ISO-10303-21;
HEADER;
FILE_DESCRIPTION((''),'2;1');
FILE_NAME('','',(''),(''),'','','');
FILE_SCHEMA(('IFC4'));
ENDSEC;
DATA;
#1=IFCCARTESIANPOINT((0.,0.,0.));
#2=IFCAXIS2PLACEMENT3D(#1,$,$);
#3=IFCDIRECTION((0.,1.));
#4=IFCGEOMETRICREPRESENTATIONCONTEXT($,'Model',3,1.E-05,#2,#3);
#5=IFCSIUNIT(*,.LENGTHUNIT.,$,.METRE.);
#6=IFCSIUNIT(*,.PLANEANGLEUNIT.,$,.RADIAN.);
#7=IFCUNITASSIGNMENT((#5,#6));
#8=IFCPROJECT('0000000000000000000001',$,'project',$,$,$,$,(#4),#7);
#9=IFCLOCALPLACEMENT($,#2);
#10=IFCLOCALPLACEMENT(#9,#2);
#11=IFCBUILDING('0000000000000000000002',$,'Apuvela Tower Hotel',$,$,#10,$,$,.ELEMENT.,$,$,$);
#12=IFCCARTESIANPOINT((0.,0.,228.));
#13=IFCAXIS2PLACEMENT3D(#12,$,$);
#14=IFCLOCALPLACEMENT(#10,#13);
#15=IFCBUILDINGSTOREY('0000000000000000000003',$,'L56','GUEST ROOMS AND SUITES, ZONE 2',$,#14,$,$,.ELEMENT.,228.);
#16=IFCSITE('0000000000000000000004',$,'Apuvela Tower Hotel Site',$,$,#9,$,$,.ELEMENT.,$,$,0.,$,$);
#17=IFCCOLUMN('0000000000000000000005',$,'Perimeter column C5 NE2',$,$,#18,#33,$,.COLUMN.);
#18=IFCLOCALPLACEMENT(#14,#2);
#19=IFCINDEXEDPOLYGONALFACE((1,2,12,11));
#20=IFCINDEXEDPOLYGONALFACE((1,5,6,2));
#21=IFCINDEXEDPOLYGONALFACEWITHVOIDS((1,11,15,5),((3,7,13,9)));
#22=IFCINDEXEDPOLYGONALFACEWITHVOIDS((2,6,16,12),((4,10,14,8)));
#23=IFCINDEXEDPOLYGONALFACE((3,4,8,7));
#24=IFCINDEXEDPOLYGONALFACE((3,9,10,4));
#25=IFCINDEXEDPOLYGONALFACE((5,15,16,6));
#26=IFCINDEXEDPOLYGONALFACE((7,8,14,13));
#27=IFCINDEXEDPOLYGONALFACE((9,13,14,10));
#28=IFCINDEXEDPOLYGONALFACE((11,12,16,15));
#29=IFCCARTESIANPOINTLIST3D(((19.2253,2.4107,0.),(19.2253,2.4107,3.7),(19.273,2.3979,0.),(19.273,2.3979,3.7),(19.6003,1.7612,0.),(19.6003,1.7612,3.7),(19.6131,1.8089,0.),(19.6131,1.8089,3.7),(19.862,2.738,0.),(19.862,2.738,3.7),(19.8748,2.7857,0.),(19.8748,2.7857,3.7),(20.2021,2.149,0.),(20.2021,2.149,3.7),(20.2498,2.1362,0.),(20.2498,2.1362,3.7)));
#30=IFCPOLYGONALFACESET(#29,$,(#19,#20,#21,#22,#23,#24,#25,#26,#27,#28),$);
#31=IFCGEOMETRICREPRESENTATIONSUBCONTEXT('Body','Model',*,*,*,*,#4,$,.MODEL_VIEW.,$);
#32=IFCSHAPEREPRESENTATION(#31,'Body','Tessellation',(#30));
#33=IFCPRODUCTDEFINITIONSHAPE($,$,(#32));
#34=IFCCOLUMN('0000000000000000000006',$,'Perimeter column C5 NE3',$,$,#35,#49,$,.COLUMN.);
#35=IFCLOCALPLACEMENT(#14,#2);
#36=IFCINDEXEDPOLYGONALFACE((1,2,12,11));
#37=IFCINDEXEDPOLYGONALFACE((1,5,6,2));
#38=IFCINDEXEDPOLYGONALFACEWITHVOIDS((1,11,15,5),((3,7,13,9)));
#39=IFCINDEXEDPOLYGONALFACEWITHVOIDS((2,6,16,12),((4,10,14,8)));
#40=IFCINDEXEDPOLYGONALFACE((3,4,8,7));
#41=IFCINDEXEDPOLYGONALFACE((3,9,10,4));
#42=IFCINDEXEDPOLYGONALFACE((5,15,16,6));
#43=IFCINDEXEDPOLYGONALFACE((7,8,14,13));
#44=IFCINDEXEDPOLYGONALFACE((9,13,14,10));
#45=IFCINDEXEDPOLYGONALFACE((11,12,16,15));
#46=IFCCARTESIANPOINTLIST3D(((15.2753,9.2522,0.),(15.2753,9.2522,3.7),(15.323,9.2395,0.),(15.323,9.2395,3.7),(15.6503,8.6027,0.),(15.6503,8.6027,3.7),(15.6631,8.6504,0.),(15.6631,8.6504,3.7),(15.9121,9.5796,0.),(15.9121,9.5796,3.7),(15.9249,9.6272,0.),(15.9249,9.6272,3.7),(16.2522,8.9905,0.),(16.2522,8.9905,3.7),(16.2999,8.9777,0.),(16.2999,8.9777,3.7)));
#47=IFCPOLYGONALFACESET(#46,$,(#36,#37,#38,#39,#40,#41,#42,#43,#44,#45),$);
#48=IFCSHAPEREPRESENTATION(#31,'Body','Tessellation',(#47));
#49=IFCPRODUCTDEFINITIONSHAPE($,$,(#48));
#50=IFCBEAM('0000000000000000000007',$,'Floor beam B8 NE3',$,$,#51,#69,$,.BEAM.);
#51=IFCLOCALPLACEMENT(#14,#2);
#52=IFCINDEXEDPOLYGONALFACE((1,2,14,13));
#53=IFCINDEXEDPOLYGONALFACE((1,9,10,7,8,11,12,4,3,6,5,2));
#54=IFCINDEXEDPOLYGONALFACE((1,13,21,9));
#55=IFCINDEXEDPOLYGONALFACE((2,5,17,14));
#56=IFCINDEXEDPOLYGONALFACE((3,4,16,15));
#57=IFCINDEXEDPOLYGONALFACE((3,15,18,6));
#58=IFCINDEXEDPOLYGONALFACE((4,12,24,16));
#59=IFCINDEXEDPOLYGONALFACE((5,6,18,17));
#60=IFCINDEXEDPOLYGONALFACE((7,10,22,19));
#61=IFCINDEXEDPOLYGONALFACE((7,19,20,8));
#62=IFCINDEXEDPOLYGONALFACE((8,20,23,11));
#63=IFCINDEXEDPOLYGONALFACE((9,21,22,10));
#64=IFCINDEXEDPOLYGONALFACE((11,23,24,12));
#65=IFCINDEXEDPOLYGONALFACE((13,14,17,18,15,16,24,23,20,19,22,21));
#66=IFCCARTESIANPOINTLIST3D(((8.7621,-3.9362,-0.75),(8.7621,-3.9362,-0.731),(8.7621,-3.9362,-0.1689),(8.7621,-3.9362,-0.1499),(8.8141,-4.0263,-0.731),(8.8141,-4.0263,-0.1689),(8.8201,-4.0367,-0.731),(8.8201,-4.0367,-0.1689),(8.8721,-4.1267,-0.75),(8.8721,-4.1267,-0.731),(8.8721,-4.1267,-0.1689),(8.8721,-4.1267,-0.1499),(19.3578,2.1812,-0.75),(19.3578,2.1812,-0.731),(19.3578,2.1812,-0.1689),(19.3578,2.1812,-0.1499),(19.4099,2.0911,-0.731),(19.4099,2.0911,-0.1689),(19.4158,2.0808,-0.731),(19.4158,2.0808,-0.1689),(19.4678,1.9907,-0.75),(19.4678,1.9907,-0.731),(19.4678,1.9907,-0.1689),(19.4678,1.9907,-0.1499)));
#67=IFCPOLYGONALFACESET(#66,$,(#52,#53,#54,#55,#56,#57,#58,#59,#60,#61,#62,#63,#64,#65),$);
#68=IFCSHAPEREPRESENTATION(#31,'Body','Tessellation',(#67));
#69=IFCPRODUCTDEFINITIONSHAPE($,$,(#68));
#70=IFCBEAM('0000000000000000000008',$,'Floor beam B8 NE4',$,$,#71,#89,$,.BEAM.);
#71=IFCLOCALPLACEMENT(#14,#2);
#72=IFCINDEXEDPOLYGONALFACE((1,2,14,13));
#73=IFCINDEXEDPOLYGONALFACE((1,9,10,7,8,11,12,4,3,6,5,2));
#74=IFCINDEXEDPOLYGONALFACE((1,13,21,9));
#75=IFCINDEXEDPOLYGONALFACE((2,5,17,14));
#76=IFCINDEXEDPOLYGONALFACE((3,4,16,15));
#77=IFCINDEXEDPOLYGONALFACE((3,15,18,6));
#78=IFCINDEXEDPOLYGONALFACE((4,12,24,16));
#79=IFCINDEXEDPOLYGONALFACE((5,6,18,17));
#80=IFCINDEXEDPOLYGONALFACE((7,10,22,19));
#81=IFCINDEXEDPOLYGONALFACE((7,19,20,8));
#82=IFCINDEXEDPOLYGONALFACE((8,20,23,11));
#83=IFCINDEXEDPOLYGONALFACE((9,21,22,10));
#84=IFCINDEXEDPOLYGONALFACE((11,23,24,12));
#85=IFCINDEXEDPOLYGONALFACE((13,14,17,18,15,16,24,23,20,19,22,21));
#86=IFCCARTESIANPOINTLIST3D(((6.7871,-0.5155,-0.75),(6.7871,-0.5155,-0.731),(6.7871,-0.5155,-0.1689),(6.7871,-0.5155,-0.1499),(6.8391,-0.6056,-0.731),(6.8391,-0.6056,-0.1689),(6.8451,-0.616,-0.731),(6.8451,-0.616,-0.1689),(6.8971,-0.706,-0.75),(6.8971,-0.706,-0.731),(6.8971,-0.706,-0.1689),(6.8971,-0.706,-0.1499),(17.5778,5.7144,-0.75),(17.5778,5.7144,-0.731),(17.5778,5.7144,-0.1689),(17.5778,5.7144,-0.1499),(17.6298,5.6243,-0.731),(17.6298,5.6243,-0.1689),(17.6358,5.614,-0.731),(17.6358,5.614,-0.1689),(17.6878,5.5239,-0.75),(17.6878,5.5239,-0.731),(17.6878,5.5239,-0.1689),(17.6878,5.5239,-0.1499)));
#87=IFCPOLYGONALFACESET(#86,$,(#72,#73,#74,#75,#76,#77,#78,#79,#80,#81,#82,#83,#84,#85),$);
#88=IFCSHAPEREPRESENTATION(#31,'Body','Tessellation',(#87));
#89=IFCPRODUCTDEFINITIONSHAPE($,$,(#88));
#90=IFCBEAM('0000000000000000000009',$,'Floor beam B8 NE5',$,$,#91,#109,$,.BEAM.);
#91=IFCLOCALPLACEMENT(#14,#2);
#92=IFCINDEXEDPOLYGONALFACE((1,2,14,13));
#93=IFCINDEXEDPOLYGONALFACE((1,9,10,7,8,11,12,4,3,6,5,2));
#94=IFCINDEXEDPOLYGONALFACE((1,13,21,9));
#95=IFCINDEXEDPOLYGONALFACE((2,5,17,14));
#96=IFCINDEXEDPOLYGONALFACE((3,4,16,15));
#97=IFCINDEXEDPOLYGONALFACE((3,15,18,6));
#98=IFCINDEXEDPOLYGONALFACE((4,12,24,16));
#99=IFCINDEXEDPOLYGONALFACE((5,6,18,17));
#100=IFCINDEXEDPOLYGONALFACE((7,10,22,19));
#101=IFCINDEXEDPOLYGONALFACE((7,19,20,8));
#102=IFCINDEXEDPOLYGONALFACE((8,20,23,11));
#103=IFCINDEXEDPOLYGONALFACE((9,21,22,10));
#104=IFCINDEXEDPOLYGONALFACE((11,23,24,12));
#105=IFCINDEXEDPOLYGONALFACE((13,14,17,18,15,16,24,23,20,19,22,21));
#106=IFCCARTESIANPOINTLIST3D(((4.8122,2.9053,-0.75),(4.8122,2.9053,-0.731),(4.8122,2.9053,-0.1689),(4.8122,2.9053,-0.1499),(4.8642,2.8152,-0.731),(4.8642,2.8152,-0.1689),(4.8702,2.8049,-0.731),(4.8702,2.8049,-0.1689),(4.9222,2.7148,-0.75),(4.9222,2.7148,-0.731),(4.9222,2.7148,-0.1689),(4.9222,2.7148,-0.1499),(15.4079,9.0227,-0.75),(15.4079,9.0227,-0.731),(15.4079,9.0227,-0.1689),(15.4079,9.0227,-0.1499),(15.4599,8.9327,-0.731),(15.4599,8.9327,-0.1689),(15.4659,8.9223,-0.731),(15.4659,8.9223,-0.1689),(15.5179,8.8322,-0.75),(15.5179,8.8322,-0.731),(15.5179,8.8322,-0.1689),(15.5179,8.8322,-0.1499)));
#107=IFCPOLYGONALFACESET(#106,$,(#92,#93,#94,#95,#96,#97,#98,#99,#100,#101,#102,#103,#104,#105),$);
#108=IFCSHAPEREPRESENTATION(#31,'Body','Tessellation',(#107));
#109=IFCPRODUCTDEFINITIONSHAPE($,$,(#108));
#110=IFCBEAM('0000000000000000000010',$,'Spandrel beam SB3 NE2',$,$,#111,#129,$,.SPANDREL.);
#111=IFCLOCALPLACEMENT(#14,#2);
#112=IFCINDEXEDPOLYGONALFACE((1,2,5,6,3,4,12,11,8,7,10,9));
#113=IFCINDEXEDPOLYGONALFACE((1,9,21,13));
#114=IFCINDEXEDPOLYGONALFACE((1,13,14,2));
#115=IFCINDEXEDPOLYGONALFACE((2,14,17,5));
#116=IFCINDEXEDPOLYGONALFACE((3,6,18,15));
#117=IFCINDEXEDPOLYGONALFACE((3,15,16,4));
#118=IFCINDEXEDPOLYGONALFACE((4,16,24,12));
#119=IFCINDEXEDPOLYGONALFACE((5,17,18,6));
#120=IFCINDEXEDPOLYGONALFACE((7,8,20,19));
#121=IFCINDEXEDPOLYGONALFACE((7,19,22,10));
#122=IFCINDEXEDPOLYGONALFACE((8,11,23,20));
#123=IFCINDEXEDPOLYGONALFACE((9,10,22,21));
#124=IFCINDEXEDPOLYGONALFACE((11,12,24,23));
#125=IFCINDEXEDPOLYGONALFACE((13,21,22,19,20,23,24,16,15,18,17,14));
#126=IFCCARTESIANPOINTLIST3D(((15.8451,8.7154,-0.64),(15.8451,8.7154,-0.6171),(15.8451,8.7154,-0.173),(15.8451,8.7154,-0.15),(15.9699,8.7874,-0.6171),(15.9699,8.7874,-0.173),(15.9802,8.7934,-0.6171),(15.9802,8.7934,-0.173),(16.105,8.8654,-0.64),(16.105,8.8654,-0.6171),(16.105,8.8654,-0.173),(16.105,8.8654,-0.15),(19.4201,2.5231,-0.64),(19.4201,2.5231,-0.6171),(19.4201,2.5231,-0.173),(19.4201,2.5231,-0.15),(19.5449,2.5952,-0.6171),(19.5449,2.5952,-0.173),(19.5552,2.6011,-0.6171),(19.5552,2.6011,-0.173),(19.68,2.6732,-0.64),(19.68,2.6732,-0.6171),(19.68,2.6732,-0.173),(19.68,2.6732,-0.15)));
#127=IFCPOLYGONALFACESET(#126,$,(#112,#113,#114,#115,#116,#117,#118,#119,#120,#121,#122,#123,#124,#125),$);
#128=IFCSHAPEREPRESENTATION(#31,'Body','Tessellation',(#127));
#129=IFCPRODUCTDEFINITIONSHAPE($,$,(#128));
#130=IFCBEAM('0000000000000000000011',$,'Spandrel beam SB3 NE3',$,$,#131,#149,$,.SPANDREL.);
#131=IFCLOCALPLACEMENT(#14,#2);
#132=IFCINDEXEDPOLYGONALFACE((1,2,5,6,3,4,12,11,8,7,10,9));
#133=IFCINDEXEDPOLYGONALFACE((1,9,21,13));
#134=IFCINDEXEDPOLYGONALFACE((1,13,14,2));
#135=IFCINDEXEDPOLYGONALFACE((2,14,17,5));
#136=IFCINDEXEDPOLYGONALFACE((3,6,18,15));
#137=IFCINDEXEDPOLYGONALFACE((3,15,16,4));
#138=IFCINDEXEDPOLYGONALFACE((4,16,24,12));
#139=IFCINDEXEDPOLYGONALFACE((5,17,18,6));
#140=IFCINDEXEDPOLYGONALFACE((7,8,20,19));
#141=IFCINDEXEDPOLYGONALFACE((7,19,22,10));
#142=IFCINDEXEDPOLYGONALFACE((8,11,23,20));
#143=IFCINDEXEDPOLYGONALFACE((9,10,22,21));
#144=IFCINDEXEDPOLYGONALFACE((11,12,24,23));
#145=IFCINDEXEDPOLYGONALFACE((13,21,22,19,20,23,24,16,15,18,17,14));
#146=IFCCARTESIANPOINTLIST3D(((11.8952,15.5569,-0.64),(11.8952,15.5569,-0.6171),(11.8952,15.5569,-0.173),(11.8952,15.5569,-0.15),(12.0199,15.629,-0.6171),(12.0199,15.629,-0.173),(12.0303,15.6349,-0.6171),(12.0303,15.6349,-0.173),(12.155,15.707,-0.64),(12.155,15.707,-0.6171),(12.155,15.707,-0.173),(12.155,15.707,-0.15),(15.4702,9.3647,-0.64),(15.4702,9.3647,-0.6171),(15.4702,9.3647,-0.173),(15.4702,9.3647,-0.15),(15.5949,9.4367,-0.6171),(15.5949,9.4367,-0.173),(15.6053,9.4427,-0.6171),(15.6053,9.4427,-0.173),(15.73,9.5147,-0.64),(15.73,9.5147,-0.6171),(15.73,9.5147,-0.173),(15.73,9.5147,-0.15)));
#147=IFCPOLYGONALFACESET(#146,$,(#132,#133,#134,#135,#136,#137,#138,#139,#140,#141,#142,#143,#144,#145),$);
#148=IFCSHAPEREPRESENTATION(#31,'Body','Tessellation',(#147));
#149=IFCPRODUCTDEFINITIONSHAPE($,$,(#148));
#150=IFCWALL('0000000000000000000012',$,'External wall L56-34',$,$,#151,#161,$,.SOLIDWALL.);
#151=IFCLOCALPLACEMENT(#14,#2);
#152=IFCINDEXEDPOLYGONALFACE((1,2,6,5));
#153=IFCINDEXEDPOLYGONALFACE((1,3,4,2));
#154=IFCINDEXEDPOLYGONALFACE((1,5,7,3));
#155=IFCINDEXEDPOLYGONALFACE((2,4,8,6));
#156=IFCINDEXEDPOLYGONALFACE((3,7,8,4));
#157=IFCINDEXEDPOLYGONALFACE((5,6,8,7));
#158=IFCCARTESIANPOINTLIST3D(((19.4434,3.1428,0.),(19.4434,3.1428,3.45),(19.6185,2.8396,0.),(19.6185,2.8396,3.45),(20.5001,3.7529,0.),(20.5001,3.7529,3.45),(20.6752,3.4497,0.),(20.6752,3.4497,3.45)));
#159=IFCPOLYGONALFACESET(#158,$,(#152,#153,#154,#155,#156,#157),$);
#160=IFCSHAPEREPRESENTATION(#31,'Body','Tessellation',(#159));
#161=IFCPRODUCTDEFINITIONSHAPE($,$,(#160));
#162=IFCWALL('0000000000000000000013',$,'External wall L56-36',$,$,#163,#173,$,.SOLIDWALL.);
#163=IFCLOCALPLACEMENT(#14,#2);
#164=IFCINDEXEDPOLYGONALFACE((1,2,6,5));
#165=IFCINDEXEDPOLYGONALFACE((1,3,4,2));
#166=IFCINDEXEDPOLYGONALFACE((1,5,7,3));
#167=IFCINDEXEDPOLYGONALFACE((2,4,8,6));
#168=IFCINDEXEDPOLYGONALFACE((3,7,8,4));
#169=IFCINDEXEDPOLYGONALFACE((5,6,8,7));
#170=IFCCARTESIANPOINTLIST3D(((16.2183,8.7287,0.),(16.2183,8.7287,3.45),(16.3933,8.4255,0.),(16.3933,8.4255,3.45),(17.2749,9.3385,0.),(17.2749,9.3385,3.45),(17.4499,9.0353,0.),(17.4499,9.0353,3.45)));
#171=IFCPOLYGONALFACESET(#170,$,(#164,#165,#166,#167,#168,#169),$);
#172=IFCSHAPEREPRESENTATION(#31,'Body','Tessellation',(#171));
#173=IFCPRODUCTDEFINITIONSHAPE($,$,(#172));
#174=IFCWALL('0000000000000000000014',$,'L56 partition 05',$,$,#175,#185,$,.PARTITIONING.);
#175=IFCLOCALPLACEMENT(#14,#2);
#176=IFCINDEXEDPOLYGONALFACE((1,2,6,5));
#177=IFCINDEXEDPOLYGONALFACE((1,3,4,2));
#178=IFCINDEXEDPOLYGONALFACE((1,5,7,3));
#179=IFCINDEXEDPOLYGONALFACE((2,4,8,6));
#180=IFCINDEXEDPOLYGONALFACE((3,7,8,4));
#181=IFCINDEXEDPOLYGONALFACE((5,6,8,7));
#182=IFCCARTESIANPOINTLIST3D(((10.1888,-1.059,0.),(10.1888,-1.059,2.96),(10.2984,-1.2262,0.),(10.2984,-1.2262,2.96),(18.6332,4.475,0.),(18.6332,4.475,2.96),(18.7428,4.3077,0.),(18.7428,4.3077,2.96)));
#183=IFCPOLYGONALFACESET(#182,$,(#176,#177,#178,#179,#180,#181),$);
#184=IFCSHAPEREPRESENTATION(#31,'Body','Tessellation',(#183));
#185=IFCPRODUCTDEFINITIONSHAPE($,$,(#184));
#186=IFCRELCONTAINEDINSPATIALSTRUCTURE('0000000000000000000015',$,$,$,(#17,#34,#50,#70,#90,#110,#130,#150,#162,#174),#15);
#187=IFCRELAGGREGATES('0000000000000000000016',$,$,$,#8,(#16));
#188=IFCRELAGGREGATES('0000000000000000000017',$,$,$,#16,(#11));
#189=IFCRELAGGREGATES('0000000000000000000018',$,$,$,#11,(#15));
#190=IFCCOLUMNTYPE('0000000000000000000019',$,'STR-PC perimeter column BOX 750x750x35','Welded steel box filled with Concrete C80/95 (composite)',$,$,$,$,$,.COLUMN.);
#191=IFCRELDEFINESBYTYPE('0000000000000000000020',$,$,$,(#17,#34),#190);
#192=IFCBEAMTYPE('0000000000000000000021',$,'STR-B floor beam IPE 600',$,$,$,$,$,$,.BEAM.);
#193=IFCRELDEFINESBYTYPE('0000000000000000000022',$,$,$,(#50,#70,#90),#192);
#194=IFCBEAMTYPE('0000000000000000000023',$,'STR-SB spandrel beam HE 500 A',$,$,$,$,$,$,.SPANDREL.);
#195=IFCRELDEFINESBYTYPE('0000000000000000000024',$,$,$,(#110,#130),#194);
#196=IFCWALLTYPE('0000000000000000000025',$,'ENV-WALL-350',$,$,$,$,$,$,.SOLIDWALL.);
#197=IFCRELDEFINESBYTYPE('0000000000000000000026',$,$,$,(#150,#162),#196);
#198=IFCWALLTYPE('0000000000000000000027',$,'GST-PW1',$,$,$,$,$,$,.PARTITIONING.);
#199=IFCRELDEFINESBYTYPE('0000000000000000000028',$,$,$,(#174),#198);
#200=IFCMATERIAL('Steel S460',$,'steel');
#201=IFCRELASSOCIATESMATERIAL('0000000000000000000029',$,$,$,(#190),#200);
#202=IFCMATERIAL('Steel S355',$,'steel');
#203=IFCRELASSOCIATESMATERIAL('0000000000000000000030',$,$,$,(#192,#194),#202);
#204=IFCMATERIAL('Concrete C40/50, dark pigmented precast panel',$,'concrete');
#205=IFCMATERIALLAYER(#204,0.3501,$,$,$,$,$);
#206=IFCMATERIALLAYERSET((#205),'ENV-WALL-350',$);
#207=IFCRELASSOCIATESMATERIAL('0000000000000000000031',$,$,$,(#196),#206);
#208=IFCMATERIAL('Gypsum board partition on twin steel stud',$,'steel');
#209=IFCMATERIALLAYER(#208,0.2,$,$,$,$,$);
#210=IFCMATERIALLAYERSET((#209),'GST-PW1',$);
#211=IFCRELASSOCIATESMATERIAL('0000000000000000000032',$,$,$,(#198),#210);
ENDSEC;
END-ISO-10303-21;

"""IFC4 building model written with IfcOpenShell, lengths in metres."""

from ifc_helpers import new_model, si_unit, direction, frame, frame_2d, origin, origin_2d, place, context, subcontext, project, spatial, rectangle, hollow_rectangle, i_section, extrude, material, layer, layer_set, material_profile, profile_set, type_object, element, save


model = new_model("IFC4")

# Units and contexts
model_context = context("Model", 3, precision=1e-05, world=origin(), true_north=direction((0.0, 1.0)))
body_context = subcontext(model_context, "Body", "Model", "MODEL_VIEW")
ifc_project = project(units=[si_unit("LENGTHUNIT", "METRE"), si_unit("PLANEANGLEUNIT", "RADIAN")], contexts=[model_context])

# Site, building, storey
site_placement = place(None, origin())
site = spatial("IfcSite", under=ifc_project, at=site_placement, Name="Apuvela Tower Hotel Site", CompositionType="ELEMENT", RefElevation=0.0)
building_placement = place(site_placement, origin())
building = spatial("IfcBuilding", under=site, at=building_placement, Name="Apuvela Tower Hotel", CompositionType="ELEMENT")
storey_placement = place(building_placement, frame((0.0, 0.0, 228.0)))
storey = spatial("IfcBuildingStorey", under=building, at=storey_placement, Name="L56", Description="GUEST ROOMS AND SUITES, ZONE 2", CompositionType="ELEMENT", Elevation=228.0)

# Columns
ifc_material_1 = material(Name="Steel S460", Category="steel")
ifc_material_profile_1 = material_profile(ifc_material_1, hollow_rectangle(XDim=0.75, YDim=0.75, WallThickness=0.0349, at=origin_2d()), Name="BOX 750x750x35")
ifc_material_2 = material(Name="Concrete C80/95", Category="concrete")
ifc_material_profile_2 = material_profile(ifc_material_2, rectangle(XDim=0.6799, YDim=0.6799, at=origin_2d()), Name="Concrete C80/95 infill")
ifc_profile_set_1 = profile_set([ifc_material_profile_1, ifc_material_profile_2], Name="Steel S460")
column_type = type_object("IfcColumnType", Name="STR-PC perimeter column BOX 750x750x35", Description="Welded steel box filled with Concrete C80/95 (composite)", PredefinedType="COLUMN", material=ifc_profile_set_1)
for number, where, z_axis, x_axis, name in (
    (1, (19.7375, 2.2734, 0.0), (0.0, 0.0, 1.0), (-0.5, 0.866025, 0.0), "Perimeter column C5 NE2"),
    (2, (15.7876, 9.115, 0.0), (0.0, 0.0, 1.0), (-0.5, 0.866025, 0.0), "Perimeter column C5 NE3"),
):
    element("IfcColumn", number, at=place(storey_placement, frame(where, z_axis=z_axis, x_axis=x_axis)), inside=storey, type_object=column_type, Name=name, PredefinedType="COLUMN", context=body_context, shape_type="SweptSolid", body=[
        extrude(hollow_rectangle(XDim=0.75, YDim=0.75, WallThickness=0.0349, at=origin_2d()), origin(), (0.0, 0.0, 1.0), 3.7),
    ])

# Beams
ifc_material_3 = material(Name="Steel S355", Category="steel")
ifc_material_profile_3 = material_profile(ifc_material_3, i_section(OverallWidth=0.22, OverallDepth=0.6001, WebThickness=0.012, FlangeThickness=0.019, at=origin_2d()), Name="IPE 600")
ifc_profile_set_2 = profile_set([ifc_material_profile_3], Name="Steel S355")
beam_type_1 = type_object("IfcBeamType", Name="STR-B floor beam IPE 600", PredefinedType="BEAM", material=ifc_profile_set_2)
beam_1_placement = place(storey_placement, frame((19.4128, 2.0859, -0.45), z_axis=(-0.866025, -0.5, 0.0), x_axis=(0.5, -0.866025, 0.0)))
element("IfcBeam", 3, at=beam_1_placement, inside=storey, type_object=beam_type_1, Name="Floor beam B8 NE3", PredefinedType="BEAM", context=body_context, shape_type="SweptSolid", body=[
    extrude(i_section(OverallWidth=0.22, OverallDepth=0.6001, WebThickness=0.012, FlangeThickness=0.019, at=origin_2d()), origin(), (0.0, 0.0, 1.0), 12.2349),
])
beam_2_placement = place(storey_placement, frame((17.6328, 5.6191, -0.45), z_axis=(-0.866028, -0.499996, 0.0), x_axis=(0.499996, -0.866028, 0.0)))
element("IfcBeam", 4, at=beam_2_placement, inside=storey, type_object=beam_type_1, Name="Floor beam B8 NE4", PredefinedType="BEAM", context=body_context, shape_type="SweptSolid", body=[
    extrude(i_section(OverallWidth=0.22, OverallDepth=0.6001, WebThickness=0.012, FlangeThickness=0.019, at=origin_2d()), origin(), (0.0, 0.0, 1.0), 12.46),
])
beam_3_placement = place(storey_placement, frame((15.4629, 8.9275, -0.45), z_axis=(-0.866025, -0.5, 0.0), x_axis=(0.5, -0.866025, 0.0)))
element("IfcBeam", 5, at=beam_3_placement, inside=storey, type_object=beam_type_1, Name="Floor beam B8 NE5", PredefinedType="BEAM", context=body_context, shape_type="SweptSolid", body=[
    extrude(i_section(OverallWidth=0.22, OverallDepth=0.6001, WebThickness=0.012, FlangeThickness=0.019, at=origin_2d()), origin(), (0.0, 0.0, 1.0), 12.2349),
])
ifc_material_profile_4 = material_profile(ifc_material_3, i_section(OverallWidth=0.3, OverallDepth=0.49, WebThickness=0.012, FlangeThickness=0.0229, at=origin_2d()), Name="HE 500 A")
ifc_profile_set_3 = profile_set([ifc_material_profile_4], Name="Steel S355")
beam_type_2 = type_object("IfcBeamType", Name="STR-SB spandrel beam HE 500 A", PredefinedType="SPANDREL", material=ifc_profile_set_3)
for number, where, z_axis, x_axis, name in (
    (6, (19.55, 2.5981, -0.395), (-0.499991, 0.86603, 0.0), (-0.86603, -0.499991, 0.0), "Spandrel beam SB3 NE2"),
    (7, (15.6001, 9.4397, -0.395), (-0.499991, 0.86603, 0.0), (-0.86603, -0.499991, 0.0), "Spandrel beam SB3 NE3"),
):
    element("IfcBeam", number, at=place(storey_placement, frame(where, z_axis=z_axis, x_axis=x_axis)), inside=storey, type_object=beam_type_2, Name=name, PredefinedType="SPANDREL", context=body_context, shape_type="SweptSolid", body=[
        extrude(i_section(OverallWidth=0.3, OverallDepth=0.49, WebThickness=0.012, FlangeThickness=0.0229, at=origin_2d()), origin(), (0.0, 0.0, 1.0), 7.1501),
    ])

# Wall
ifc_material_4 = material(Name="Concrete C40/50, dark pigmented precast panel", Category="concrete")
ifc_layer_1 = layer(ifc_material_4, 0.3501)
ifc_layer_set_1 = layer_set([ifc_layer_1], Name="ENV-WALL-350")
wall_type_1 = type_object("IfcWallType", Name="ENV-WALL-350", PredefinedType="SOLIDWALL", material=ifc_layer_set_1)
wall_1_placement = place(storey_placement, frame((20.5876, 3.6013, 0.0), z_axis=(0.0, 0.0, 1.0), x_axis=(-0.866006, -0.500034, 0.0)))
element("IfcWall", 8, at=wall_1_placement, inside=storey, type_object=wall_type_1, Name="External wall L56-34", PredefinedType="SOLIDWALL", context=body_context, shape_type="SweptSolid", body=[
    extrude(rectangle(XDim=1.2202, YDim=0.3501, at=frame_2d((0.6101, 0.0))), origin(), (0.0, 0.0, 1.0), 3.45),
])

# Wall
wall_2_placement = place(storey_placement, frame((16.3059, 8.5771, 0.0), z_axis=(0.0, 0.0, 1.0), x_axis=(0.866092, 0.499884, 0.0)))
element("IfcWall", 9, at=wall_2_placement, inside=storey, type_object=wall_type_1, Name="External wall L56-36", PredefinedType="SOLIDWALL", context=body_context, shape_type="SweptSolid", body=[
    extrude(rectangle(XDim=1.22, YDim=0.3501, at=frame_2d((0.6099, 0.0))), origin(), (0.0, 0.0, 1.0), 3.45),
])

# Wall
ifc_material_5 = material(Name="Gypsum board partition on twin steel stud", Category="steel")
ifc_layer_2 = layer(ifc_material_5, 0.2)
ifc_layer_set_2 = layer_set([ifc_layer_2], Name="GST-PW1")
wall_type_2 = type_object("IfcWallType", Name="GST-PW1", PredefinedType="PARTITIONING", material=ifc_layer_set_2)
wall_3_placement = place(storey_placement, frame((18.688, 4.3914, 0.0), z_axis=(0.0, 0.0, 1.0), x_axis=(-0.836396, -0.548126, 0.0)))
element("IfcWall", 10, at=wall_3_placement, inside=storey, type_object=wall_type_2, Name="L56 partition 05", PredefinedType="PARTITIONING", context=body_context, shape_type="SweptSolid", body=[
    extrude(rectangle(XDim=10.0962, YDim=0.2, at=frame_2d((5.0481, 0.0))), origin(), (0.0, 0.0, 1.0), 2.96),
])

save(model, "model.ifc")
